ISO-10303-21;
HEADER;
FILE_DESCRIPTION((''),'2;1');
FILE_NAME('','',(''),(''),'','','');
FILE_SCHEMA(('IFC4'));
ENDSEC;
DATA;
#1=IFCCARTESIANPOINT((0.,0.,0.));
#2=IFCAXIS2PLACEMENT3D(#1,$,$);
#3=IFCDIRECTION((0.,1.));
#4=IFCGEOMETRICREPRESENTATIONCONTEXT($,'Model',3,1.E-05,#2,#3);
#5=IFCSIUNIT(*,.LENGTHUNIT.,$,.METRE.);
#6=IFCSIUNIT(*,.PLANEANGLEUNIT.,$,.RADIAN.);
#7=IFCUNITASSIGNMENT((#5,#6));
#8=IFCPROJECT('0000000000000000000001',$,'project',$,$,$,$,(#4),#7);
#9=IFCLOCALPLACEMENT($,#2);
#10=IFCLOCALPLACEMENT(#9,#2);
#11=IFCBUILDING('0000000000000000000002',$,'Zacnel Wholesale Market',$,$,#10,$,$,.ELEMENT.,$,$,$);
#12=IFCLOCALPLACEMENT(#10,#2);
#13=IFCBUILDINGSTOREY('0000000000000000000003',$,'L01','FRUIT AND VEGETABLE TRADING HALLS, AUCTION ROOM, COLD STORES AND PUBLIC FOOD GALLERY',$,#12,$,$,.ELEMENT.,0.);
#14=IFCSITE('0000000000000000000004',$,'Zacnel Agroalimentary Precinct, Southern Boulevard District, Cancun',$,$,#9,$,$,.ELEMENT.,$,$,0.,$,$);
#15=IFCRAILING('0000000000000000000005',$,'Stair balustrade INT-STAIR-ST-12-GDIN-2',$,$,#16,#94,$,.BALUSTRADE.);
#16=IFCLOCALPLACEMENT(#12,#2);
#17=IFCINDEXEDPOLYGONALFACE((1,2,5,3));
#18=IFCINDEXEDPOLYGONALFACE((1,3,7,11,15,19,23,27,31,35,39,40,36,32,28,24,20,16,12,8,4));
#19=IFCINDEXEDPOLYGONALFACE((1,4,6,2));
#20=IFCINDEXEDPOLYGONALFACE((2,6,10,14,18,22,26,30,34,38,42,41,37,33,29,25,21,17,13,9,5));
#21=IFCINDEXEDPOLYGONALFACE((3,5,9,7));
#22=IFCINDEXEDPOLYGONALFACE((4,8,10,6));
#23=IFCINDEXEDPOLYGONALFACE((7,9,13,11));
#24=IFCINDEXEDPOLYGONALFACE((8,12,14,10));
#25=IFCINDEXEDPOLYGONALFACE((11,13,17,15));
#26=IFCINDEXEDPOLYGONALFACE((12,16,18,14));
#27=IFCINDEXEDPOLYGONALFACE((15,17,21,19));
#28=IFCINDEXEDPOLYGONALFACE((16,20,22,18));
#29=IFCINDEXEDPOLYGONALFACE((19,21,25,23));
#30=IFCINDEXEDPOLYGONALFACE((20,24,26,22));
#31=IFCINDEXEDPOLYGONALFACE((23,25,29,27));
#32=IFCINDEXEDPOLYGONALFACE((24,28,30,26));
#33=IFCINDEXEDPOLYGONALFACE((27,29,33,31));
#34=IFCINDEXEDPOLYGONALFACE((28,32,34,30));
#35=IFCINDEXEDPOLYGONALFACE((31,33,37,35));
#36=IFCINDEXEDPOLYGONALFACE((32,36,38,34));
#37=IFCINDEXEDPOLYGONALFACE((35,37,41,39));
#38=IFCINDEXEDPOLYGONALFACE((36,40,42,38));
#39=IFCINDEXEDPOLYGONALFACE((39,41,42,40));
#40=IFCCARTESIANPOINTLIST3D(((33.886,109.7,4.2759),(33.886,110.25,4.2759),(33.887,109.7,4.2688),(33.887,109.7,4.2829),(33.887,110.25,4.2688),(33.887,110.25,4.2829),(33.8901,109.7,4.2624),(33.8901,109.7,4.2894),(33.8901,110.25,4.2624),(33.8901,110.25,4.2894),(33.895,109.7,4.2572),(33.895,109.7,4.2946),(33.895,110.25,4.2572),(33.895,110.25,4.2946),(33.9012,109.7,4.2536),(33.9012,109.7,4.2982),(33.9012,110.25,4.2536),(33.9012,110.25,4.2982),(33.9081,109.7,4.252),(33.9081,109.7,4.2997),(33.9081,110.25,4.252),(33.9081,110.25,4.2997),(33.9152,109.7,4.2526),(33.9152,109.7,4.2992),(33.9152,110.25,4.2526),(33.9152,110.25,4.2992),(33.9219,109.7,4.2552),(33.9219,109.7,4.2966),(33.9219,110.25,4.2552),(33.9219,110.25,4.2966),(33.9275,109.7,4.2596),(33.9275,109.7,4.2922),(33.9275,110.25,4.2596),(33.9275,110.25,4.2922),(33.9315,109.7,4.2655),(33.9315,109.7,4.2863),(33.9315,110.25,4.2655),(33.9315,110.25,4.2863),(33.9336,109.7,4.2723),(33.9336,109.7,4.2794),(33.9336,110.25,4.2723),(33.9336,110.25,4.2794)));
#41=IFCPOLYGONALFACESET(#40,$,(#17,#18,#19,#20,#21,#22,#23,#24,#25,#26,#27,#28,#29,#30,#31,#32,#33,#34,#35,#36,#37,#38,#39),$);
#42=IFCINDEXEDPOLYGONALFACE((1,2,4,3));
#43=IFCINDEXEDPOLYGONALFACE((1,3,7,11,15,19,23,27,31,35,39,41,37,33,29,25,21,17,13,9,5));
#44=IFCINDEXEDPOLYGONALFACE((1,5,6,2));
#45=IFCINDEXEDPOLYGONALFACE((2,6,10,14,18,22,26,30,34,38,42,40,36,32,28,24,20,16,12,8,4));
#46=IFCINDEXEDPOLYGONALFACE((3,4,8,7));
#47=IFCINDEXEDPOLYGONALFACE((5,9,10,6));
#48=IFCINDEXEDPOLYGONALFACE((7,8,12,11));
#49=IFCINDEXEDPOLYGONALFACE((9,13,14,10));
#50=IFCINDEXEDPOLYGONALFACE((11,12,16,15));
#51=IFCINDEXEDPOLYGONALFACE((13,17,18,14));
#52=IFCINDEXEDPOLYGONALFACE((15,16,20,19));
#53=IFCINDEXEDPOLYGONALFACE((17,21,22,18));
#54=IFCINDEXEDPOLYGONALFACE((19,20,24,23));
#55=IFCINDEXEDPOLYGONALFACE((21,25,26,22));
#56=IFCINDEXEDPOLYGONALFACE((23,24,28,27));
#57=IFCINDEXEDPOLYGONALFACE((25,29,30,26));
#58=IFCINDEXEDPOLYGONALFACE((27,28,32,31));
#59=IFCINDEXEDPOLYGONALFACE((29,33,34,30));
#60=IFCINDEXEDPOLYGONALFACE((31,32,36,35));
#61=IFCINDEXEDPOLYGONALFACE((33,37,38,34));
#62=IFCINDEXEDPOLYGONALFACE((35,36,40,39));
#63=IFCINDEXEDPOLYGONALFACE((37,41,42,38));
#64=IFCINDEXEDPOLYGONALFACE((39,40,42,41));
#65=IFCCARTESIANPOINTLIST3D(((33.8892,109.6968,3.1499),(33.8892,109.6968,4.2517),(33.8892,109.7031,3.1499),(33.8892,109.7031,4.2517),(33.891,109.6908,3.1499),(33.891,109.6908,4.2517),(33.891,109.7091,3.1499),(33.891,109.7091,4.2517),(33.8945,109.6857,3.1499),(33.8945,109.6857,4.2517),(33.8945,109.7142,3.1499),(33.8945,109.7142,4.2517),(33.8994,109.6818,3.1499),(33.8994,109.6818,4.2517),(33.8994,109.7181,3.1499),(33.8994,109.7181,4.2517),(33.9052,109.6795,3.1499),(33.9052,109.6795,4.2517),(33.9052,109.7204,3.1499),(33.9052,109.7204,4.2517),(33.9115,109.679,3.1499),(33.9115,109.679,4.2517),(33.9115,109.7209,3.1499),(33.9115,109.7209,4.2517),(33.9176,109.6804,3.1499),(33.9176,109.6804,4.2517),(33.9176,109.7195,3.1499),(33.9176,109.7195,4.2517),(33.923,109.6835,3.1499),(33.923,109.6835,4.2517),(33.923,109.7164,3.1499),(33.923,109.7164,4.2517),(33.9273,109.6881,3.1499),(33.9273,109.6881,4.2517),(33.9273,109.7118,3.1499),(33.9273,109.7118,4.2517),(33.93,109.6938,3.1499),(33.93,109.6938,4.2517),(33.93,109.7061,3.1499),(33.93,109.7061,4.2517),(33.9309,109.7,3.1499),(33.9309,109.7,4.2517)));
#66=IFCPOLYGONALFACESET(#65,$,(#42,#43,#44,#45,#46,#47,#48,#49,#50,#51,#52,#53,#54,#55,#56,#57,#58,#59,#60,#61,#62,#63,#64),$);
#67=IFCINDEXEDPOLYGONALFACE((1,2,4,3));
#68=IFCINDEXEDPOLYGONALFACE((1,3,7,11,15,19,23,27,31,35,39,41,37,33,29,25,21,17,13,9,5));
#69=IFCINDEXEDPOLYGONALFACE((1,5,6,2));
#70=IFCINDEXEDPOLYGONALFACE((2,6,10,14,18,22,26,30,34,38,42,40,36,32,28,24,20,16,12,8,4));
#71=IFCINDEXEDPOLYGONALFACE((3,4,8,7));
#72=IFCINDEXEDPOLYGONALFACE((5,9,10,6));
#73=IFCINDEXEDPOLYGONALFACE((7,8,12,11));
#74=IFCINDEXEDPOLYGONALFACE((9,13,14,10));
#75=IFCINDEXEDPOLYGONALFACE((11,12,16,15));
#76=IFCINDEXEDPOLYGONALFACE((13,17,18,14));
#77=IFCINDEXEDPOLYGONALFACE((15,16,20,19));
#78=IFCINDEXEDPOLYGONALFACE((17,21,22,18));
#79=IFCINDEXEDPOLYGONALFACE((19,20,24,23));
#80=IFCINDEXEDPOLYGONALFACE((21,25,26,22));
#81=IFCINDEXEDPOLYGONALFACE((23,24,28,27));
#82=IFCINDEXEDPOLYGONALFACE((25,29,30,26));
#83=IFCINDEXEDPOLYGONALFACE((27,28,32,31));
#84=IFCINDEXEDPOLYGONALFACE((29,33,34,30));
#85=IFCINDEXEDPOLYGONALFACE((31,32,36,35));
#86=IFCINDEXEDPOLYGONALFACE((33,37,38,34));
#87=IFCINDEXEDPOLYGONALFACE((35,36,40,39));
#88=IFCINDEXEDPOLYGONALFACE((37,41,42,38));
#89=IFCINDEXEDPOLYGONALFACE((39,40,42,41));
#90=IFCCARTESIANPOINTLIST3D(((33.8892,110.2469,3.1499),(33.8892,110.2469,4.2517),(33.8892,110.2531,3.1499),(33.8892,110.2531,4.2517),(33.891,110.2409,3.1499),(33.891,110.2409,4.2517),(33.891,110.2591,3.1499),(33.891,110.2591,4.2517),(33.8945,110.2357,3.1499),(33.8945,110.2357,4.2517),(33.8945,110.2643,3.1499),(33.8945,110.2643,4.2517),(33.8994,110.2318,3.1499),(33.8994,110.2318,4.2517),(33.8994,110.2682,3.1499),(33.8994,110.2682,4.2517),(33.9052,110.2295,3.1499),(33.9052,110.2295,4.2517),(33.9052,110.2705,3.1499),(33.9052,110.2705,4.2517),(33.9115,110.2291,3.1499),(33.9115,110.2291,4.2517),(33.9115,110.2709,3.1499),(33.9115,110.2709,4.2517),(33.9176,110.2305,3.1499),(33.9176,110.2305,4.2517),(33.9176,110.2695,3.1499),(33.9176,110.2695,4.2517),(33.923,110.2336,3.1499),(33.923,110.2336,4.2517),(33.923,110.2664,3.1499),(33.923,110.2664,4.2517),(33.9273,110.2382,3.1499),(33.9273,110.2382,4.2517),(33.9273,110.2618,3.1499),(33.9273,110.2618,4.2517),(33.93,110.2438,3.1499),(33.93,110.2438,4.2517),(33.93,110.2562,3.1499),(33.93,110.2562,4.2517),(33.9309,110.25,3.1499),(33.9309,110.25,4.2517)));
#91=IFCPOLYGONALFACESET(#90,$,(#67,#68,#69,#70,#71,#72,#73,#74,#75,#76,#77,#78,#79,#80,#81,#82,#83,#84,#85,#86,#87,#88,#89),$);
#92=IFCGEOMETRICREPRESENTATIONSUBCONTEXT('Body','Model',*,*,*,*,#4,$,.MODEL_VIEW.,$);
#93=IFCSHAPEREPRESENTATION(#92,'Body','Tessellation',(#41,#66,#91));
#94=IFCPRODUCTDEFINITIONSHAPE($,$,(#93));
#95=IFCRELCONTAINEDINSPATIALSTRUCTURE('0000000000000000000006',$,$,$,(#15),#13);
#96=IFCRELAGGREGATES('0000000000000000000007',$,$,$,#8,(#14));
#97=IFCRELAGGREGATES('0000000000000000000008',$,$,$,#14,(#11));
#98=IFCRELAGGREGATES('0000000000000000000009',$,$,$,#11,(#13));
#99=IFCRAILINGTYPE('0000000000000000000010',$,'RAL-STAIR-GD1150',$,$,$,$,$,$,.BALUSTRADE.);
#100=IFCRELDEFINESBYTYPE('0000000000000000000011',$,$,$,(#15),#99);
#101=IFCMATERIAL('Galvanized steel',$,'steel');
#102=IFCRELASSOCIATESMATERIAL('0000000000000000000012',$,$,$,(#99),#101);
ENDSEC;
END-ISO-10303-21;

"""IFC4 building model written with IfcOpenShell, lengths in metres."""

from ifc_helpers import new_model, si_unit, direction, frame, origin, origin_2d, place, context, subcontext, project, spatial, circle, extrude, material, type_object, element, save


model = new_model("IFC4")

# Units and contexts
model_context = context("Model", 3, precision=1e-05, world=origin(), true_north=direction((0.0, 1.0)))
body_context = subcontext(model_context, "Body", "Model", "MODEL_VIEW")
ifc_project = project(units=[si_unit("LENGTHUNIT", "METRE"), si_unit("PLANEANGLEUNIT", "RADIAN")], contexts=[model_context])

# Site, building, storey
site_placement = place(None, origin())
site = spatial("IfcSite", under=ifc_project, at=site_placement, Name="Zacnel Agroalimentary Precinct, Southern Boulevard District, Cancun", CompositionType="ELEMENT", RefElevation=0.0)
building_placement = place(site_placement, origin())
building = spatial("IfcBuilding", under=site, at=building_placement, Name="Zacnel Wholesale Market", CompositionType="ELEMENT")
storey_placement = place(building_placement, origin())
storey = spatial("IfcBuildingStorey", under=building, at=storey_placement, Name="L01", Description="FRUIT AND VEGETABLE TRADING HALLS, AUCTION ROOM, COLD STORES AND PUBLIC FOOD GALLERY", CompositionType="ELEMENT", Elevation=0.0)

# Railing
ifc_material_1 = material(Name="Galvanized steel", Category="steel")
railing_type_1 = type_object("IfcRailingType", Name="RAL-STAIR-GD1150", PredefinedType="BALUSTRADE", material=ifc_material_1)
railing_1_placement = place(storey_placement, frame((33.9099, 109.7, 3.1499)))
element("IfcRailing", 1, at=railing_1_placement, inside=storey, type_object=railing_type_1, Name="Stair balustrade INT-STAIR-ST-12-GDIN-2", PredefinedType="BALUSTRADE", context=body_context, shape_type="SweptSolid", body=[
    extrude(circle(Radius=0.0239, at=origin_2d()), frame((0.0, 0.0, 1.126), z_axis=(0.0, 1.0, 0.0), x_axis=(-1.0, 0.0, 0.0)), (0.0, 0.0, 1.0), 0.55),
    extrude(circle(Radius=0.021, at=origin_2d()), origin(), (0.0, 0.0, 1.0), 1.1018),
    extrude(circle(Radius=0.021, at=origin_2d()), frame((0.0, 0.55, 0.0)), (0.0, 0.0, 1.0), 1.1018),
])

save(model, "model.ifc")
